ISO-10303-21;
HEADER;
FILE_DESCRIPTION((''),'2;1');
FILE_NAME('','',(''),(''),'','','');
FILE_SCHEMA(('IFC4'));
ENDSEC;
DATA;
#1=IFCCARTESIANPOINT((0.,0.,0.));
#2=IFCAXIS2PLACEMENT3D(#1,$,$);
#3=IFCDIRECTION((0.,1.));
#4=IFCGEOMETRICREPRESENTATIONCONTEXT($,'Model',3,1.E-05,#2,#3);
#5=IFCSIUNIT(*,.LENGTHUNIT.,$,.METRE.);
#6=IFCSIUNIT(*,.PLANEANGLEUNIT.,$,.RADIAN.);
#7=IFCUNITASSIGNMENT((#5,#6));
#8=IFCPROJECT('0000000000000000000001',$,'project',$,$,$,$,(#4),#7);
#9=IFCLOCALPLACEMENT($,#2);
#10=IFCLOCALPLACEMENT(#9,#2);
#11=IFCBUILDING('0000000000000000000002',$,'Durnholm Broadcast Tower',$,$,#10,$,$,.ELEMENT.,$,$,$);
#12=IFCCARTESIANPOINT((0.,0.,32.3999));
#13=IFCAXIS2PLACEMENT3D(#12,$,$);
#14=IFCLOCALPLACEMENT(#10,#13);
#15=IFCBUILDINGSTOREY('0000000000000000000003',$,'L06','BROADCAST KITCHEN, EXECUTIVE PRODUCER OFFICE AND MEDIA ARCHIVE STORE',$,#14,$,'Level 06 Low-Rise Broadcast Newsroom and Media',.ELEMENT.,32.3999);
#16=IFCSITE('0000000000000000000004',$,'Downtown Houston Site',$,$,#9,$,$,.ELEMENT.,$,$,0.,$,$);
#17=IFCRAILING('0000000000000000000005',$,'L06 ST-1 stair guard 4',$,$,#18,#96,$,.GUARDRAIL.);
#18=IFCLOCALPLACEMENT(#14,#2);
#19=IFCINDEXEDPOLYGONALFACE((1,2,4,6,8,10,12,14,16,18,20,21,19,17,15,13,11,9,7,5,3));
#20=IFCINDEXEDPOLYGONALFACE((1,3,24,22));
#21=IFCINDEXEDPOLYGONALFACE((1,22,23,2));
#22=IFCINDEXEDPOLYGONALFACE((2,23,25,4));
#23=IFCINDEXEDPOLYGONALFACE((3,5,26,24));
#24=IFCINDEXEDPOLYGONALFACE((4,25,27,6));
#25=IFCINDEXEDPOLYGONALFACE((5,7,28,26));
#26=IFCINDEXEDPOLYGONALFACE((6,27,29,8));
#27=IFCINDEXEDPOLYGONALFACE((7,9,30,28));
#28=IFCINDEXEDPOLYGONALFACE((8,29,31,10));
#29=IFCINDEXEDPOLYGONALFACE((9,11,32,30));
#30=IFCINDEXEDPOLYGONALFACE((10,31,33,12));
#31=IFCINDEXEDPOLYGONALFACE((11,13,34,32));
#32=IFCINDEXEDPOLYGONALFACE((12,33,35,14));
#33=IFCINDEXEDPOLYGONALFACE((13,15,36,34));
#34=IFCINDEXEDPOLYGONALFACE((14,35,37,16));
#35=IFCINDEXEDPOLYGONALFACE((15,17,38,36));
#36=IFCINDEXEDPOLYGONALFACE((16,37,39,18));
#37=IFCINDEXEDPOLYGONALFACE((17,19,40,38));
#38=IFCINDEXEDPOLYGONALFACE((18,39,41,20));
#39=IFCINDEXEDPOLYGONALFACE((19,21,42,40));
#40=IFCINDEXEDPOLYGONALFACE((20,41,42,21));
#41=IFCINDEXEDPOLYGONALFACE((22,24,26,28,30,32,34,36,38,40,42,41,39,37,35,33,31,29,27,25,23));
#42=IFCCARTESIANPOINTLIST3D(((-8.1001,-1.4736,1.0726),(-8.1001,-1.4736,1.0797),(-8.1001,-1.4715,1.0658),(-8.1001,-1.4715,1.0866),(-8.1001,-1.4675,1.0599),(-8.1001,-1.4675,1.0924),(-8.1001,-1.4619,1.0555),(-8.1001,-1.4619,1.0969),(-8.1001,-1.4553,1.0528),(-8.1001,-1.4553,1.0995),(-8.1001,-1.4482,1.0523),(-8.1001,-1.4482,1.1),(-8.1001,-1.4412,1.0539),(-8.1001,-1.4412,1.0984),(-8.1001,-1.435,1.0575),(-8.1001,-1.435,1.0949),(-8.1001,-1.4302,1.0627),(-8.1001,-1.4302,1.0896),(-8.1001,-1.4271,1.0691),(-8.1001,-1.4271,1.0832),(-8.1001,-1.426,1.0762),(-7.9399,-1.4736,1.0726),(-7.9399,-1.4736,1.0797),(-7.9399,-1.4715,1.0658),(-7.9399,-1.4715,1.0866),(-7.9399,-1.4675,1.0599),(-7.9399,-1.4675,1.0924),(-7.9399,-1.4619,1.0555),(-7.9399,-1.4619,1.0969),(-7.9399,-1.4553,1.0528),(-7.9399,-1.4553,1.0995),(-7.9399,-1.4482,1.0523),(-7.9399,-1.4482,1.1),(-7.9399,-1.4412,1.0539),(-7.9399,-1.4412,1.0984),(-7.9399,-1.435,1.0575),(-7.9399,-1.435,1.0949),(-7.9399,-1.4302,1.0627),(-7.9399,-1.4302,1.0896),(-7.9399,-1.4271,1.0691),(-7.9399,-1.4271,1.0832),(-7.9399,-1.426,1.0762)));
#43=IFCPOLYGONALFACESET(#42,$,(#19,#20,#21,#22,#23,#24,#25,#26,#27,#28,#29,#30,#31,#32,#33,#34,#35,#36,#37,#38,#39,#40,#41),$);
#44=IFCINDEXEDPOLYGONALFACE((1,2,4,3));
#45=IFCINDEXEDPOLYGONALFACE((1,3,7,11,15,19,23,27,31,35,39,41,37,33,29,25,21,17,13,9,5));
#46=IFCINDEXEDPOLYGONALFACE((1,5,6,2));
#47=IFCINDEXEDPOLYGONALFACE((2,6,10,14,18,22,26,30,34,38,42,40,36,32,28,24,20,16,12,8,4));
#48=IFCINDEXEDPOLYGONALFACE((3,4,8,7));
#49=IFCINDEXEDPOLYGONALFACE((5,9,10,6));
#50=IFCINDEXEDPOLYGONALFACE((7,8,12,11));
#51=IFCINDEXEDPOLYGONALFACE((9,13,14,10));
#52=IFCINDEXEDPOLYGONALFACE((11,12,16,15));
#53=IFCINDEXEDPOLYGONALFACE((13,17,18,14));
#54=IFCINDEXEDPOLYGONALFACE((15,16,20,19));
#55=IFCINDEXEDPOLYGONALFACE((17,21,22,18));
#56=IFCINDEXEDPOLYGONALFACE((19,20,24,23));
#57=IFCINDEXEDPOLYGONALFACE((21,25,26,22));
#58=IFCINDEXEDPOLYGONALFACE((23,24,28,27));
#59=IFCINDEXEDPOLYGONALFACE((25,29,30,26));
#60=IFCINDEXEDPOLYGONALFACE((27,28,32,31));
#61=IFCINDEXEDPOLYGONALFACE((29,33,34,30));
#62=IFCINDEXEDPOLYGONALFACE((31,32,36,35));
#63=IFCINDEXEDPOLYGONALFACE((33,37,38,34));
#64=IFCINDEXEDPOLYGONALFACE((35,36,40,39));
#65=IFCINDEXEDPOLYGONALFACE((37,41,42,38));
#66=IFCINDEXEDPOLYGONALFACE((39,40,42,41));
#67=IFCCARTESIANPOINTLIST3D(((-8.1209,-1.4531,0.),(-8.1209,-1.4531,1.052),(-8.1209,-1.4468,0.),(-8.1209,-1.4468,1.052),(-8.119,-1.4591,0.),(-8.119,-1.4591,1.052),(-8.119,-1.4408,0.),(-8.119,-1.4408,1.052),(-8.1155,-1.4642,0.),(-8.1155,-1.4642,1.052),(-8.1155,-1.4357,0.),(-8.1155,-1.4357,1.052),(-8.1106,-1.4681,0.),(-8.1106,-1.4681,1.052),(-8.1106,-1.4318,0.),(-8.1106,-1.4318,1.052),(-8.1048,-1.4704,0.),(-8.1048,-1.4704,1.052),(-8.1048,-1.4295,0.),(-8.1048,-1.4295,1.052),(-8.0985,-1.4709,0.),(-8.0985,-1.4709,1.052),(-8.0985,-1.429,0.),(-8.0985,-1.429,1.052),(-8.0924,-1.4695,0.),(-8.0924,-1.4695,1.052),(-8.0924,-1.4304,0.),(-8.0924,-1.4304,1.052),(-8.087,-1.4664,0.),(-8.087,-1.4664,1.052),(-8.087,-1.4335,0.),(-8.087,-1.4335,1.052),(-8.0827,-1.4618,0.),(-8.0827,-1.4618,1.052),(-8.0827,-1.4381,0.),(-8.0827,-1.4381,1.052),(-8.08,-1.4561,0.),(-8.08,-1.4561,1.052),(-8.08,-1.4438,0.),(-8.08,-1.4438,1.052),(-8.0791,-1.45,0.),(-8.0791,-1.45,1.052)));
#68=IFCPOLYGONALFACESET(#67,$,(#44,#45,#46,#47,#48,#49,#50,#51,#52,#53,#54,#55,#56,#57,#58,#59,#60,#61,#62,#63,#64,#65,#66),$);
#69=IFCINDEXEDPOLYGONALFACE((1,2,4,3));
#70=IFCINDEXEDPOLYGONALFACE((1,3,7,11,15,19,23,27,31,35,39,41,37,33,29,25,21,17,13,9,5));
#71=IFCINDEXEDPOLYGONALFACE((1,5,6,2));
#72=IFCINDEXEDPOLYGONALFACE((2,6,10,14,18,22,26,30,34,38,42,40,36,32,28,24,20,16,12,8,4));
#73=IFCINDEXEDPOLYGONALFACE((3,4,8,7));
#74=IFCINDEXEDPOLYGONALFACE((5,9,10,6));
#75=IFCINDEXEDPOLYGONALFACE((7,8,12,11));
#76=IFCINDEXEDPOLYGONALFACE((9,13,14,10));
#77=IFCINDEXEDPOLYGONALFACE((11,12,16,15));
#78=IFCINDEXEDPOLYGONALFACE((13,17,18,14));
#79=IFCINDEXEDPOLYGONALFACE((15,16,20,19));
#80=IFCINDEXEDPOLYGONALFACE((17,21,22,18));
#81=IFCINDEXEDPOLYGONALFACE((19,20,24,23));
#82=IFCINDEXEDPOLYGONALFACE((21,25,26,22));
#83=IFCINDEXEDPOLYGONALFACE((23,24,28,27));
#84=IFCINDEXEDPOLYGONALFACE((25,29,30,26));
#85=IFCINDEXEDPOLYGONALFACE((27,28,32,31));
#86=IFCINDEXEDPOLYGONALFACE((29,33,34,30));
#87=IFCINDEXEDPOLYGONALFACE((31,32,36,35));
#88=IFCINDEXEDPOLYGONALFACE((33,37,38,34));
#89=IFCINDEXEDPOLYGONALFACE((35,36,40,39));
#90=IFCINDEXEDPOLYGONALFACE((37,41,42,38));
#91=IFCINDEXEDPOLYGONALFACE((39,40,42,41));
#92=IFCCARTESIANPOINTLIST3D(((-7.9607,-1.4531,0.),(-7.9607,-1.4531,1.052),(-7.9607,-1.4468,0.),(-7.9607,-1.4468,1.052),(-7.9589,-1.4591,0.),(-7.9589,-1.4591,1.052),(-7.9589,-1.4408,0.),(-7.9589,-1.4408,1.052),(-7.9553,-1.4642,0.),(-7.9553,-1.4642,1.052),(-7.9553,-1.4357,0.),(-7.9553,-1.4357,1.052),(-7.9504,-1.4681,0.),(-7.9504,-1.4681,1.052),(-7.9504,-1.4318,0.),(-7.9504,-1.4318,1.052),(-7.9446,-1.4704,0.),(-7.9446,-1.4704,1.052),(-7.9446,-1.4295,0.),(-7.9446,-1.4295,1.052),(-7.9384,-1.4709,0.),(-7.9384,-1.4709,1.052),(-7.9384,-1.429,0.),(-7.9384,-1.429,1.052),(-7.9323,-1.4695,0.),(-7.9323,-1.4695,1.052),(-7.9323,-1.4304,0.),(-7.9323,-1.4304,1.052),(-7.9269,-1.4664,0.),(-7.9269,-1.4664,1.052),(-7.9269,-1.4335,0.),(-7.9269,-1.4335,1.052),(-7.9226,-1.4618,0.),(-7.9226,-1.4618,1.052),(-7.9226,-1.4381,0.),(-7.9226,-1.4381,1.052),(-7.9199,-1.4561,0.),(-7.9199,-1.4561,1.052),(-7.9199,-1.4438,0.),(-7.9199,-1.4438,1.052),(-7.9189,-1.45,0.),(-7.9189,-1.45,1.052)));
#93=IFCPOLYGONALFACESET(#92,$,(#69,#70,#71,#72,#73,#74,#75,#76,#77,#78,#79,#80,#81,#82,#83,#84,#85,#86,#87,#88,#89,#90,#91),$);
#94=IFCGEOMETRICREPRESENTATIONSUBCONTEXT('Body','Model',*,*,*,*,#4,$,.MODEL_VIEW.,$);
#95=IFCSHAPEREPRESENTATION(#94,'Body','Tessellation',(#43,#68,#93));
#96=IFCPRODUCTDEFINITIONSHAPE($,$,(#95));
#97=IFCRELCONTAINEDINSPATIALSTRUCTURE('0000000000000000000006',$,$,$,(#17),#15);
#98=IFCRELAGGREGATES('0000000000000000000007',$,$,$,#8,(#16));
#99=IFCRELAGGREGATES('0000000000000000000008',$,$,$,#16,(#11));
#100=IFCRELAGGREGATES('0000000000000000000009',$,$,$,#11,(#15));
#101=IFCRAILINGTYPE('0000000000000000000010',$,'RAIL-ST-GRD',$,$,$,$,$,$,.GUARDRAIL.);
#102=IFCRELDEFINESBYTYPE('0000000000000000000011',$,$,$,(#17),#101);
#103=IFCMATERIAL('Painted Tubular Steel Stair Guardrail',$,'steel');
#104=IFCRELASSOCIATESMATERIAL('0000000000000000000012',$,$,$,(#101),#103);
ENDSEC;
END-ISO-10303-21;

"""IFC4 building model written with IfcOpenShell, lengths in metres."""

from ifc_helpers import new_model, si_unit, direction, frame, origin, origin_2d, place, context, subcontext, project, spatial, circle, extrude, material, type_object, element, save


model = new_model("IFC4")

# Units and contexts
model_context = context("Model", 3, precision=1e-05, world=origin(), true_north=direction((0.0, 1.0)))
body_context = subcontext(model_context, "Body", "Model", "MODEL_VIEW")
ifc_project = project(units=[si_unit("LENGTHUNIT", "METRE"), si_unit("PLANEANGLEUNIT", "RADIAN")], contexts=[model_context])

# Site, building, storey
site_placement = place(None, origin())
site = spatial("IfcSite", under=ifc_project, at=site_placement, Name="Downtown Houston Site", CompositionType="ELEMENT", RefElevation=0.0)
building_placement = place(site_placement, origin())
building = spatial("IfcBuilding", under=site, at=building_placement, Name="Durnholm Broadcast Tower", CompositionType="ELEMENT")
storey_placement = place(building_placement, frame((0.0, 0.0, 32.3999)))
storey = spatial("IfcBuildingStorey", under=building, at=storey_placement, Name="L06", Description="BROADCAST KITCHEN, EXECUTIVE PRODUCER OFFICE AND MEDIA ARCHIVE STORE", LongName="Level 06 Low-Rise Broadcast Newsroom and Media", CompositionType="ELEMENT", Elevation=32.3999)

# Railing
ifc_material_1 = material(Name="Painted Tubular Steel Stair Guardrail", Category="steel")
railing_type_1 = type_object("IfcRailingType", Name="RAIL-ST-GRD", PredefinedType="GUARDRAIL", material=ifc_material_1)
railing_1_placement = place(storey_placement, frame((-8.1001, -1.45, 0.0)))
element("IfcRailing", 1, at=railing_1_placement, inside=storey, type_object=railing_type_1, Name="L06 ST-1 stair guard 4", PredefinedType="GUARDRAIL", context=body_context, shape_type="SweptSolid", body=[
    extrude(circle(Radius=0.0239, at=origin_2d()), frame((0.0, 0.0, 1.0762), z_axis=(1.0, 0.0, 0.0), x_axis=(0.0, 1.0, 0.0)), (0.0, 0.0, 1.0), 0.1602),
    extrude(circle(Radius=0.021, at=origin_2d()), origin(), (0.0, 0.0, 1.0), 1.052),
    extrude(circle(Radius=0.021, at=origin_2d()), frame((0.1602, 0.0, 0.0)), (0.0, 0.0, 1.0), 1.052),
])

save(model, "model.ifc")
